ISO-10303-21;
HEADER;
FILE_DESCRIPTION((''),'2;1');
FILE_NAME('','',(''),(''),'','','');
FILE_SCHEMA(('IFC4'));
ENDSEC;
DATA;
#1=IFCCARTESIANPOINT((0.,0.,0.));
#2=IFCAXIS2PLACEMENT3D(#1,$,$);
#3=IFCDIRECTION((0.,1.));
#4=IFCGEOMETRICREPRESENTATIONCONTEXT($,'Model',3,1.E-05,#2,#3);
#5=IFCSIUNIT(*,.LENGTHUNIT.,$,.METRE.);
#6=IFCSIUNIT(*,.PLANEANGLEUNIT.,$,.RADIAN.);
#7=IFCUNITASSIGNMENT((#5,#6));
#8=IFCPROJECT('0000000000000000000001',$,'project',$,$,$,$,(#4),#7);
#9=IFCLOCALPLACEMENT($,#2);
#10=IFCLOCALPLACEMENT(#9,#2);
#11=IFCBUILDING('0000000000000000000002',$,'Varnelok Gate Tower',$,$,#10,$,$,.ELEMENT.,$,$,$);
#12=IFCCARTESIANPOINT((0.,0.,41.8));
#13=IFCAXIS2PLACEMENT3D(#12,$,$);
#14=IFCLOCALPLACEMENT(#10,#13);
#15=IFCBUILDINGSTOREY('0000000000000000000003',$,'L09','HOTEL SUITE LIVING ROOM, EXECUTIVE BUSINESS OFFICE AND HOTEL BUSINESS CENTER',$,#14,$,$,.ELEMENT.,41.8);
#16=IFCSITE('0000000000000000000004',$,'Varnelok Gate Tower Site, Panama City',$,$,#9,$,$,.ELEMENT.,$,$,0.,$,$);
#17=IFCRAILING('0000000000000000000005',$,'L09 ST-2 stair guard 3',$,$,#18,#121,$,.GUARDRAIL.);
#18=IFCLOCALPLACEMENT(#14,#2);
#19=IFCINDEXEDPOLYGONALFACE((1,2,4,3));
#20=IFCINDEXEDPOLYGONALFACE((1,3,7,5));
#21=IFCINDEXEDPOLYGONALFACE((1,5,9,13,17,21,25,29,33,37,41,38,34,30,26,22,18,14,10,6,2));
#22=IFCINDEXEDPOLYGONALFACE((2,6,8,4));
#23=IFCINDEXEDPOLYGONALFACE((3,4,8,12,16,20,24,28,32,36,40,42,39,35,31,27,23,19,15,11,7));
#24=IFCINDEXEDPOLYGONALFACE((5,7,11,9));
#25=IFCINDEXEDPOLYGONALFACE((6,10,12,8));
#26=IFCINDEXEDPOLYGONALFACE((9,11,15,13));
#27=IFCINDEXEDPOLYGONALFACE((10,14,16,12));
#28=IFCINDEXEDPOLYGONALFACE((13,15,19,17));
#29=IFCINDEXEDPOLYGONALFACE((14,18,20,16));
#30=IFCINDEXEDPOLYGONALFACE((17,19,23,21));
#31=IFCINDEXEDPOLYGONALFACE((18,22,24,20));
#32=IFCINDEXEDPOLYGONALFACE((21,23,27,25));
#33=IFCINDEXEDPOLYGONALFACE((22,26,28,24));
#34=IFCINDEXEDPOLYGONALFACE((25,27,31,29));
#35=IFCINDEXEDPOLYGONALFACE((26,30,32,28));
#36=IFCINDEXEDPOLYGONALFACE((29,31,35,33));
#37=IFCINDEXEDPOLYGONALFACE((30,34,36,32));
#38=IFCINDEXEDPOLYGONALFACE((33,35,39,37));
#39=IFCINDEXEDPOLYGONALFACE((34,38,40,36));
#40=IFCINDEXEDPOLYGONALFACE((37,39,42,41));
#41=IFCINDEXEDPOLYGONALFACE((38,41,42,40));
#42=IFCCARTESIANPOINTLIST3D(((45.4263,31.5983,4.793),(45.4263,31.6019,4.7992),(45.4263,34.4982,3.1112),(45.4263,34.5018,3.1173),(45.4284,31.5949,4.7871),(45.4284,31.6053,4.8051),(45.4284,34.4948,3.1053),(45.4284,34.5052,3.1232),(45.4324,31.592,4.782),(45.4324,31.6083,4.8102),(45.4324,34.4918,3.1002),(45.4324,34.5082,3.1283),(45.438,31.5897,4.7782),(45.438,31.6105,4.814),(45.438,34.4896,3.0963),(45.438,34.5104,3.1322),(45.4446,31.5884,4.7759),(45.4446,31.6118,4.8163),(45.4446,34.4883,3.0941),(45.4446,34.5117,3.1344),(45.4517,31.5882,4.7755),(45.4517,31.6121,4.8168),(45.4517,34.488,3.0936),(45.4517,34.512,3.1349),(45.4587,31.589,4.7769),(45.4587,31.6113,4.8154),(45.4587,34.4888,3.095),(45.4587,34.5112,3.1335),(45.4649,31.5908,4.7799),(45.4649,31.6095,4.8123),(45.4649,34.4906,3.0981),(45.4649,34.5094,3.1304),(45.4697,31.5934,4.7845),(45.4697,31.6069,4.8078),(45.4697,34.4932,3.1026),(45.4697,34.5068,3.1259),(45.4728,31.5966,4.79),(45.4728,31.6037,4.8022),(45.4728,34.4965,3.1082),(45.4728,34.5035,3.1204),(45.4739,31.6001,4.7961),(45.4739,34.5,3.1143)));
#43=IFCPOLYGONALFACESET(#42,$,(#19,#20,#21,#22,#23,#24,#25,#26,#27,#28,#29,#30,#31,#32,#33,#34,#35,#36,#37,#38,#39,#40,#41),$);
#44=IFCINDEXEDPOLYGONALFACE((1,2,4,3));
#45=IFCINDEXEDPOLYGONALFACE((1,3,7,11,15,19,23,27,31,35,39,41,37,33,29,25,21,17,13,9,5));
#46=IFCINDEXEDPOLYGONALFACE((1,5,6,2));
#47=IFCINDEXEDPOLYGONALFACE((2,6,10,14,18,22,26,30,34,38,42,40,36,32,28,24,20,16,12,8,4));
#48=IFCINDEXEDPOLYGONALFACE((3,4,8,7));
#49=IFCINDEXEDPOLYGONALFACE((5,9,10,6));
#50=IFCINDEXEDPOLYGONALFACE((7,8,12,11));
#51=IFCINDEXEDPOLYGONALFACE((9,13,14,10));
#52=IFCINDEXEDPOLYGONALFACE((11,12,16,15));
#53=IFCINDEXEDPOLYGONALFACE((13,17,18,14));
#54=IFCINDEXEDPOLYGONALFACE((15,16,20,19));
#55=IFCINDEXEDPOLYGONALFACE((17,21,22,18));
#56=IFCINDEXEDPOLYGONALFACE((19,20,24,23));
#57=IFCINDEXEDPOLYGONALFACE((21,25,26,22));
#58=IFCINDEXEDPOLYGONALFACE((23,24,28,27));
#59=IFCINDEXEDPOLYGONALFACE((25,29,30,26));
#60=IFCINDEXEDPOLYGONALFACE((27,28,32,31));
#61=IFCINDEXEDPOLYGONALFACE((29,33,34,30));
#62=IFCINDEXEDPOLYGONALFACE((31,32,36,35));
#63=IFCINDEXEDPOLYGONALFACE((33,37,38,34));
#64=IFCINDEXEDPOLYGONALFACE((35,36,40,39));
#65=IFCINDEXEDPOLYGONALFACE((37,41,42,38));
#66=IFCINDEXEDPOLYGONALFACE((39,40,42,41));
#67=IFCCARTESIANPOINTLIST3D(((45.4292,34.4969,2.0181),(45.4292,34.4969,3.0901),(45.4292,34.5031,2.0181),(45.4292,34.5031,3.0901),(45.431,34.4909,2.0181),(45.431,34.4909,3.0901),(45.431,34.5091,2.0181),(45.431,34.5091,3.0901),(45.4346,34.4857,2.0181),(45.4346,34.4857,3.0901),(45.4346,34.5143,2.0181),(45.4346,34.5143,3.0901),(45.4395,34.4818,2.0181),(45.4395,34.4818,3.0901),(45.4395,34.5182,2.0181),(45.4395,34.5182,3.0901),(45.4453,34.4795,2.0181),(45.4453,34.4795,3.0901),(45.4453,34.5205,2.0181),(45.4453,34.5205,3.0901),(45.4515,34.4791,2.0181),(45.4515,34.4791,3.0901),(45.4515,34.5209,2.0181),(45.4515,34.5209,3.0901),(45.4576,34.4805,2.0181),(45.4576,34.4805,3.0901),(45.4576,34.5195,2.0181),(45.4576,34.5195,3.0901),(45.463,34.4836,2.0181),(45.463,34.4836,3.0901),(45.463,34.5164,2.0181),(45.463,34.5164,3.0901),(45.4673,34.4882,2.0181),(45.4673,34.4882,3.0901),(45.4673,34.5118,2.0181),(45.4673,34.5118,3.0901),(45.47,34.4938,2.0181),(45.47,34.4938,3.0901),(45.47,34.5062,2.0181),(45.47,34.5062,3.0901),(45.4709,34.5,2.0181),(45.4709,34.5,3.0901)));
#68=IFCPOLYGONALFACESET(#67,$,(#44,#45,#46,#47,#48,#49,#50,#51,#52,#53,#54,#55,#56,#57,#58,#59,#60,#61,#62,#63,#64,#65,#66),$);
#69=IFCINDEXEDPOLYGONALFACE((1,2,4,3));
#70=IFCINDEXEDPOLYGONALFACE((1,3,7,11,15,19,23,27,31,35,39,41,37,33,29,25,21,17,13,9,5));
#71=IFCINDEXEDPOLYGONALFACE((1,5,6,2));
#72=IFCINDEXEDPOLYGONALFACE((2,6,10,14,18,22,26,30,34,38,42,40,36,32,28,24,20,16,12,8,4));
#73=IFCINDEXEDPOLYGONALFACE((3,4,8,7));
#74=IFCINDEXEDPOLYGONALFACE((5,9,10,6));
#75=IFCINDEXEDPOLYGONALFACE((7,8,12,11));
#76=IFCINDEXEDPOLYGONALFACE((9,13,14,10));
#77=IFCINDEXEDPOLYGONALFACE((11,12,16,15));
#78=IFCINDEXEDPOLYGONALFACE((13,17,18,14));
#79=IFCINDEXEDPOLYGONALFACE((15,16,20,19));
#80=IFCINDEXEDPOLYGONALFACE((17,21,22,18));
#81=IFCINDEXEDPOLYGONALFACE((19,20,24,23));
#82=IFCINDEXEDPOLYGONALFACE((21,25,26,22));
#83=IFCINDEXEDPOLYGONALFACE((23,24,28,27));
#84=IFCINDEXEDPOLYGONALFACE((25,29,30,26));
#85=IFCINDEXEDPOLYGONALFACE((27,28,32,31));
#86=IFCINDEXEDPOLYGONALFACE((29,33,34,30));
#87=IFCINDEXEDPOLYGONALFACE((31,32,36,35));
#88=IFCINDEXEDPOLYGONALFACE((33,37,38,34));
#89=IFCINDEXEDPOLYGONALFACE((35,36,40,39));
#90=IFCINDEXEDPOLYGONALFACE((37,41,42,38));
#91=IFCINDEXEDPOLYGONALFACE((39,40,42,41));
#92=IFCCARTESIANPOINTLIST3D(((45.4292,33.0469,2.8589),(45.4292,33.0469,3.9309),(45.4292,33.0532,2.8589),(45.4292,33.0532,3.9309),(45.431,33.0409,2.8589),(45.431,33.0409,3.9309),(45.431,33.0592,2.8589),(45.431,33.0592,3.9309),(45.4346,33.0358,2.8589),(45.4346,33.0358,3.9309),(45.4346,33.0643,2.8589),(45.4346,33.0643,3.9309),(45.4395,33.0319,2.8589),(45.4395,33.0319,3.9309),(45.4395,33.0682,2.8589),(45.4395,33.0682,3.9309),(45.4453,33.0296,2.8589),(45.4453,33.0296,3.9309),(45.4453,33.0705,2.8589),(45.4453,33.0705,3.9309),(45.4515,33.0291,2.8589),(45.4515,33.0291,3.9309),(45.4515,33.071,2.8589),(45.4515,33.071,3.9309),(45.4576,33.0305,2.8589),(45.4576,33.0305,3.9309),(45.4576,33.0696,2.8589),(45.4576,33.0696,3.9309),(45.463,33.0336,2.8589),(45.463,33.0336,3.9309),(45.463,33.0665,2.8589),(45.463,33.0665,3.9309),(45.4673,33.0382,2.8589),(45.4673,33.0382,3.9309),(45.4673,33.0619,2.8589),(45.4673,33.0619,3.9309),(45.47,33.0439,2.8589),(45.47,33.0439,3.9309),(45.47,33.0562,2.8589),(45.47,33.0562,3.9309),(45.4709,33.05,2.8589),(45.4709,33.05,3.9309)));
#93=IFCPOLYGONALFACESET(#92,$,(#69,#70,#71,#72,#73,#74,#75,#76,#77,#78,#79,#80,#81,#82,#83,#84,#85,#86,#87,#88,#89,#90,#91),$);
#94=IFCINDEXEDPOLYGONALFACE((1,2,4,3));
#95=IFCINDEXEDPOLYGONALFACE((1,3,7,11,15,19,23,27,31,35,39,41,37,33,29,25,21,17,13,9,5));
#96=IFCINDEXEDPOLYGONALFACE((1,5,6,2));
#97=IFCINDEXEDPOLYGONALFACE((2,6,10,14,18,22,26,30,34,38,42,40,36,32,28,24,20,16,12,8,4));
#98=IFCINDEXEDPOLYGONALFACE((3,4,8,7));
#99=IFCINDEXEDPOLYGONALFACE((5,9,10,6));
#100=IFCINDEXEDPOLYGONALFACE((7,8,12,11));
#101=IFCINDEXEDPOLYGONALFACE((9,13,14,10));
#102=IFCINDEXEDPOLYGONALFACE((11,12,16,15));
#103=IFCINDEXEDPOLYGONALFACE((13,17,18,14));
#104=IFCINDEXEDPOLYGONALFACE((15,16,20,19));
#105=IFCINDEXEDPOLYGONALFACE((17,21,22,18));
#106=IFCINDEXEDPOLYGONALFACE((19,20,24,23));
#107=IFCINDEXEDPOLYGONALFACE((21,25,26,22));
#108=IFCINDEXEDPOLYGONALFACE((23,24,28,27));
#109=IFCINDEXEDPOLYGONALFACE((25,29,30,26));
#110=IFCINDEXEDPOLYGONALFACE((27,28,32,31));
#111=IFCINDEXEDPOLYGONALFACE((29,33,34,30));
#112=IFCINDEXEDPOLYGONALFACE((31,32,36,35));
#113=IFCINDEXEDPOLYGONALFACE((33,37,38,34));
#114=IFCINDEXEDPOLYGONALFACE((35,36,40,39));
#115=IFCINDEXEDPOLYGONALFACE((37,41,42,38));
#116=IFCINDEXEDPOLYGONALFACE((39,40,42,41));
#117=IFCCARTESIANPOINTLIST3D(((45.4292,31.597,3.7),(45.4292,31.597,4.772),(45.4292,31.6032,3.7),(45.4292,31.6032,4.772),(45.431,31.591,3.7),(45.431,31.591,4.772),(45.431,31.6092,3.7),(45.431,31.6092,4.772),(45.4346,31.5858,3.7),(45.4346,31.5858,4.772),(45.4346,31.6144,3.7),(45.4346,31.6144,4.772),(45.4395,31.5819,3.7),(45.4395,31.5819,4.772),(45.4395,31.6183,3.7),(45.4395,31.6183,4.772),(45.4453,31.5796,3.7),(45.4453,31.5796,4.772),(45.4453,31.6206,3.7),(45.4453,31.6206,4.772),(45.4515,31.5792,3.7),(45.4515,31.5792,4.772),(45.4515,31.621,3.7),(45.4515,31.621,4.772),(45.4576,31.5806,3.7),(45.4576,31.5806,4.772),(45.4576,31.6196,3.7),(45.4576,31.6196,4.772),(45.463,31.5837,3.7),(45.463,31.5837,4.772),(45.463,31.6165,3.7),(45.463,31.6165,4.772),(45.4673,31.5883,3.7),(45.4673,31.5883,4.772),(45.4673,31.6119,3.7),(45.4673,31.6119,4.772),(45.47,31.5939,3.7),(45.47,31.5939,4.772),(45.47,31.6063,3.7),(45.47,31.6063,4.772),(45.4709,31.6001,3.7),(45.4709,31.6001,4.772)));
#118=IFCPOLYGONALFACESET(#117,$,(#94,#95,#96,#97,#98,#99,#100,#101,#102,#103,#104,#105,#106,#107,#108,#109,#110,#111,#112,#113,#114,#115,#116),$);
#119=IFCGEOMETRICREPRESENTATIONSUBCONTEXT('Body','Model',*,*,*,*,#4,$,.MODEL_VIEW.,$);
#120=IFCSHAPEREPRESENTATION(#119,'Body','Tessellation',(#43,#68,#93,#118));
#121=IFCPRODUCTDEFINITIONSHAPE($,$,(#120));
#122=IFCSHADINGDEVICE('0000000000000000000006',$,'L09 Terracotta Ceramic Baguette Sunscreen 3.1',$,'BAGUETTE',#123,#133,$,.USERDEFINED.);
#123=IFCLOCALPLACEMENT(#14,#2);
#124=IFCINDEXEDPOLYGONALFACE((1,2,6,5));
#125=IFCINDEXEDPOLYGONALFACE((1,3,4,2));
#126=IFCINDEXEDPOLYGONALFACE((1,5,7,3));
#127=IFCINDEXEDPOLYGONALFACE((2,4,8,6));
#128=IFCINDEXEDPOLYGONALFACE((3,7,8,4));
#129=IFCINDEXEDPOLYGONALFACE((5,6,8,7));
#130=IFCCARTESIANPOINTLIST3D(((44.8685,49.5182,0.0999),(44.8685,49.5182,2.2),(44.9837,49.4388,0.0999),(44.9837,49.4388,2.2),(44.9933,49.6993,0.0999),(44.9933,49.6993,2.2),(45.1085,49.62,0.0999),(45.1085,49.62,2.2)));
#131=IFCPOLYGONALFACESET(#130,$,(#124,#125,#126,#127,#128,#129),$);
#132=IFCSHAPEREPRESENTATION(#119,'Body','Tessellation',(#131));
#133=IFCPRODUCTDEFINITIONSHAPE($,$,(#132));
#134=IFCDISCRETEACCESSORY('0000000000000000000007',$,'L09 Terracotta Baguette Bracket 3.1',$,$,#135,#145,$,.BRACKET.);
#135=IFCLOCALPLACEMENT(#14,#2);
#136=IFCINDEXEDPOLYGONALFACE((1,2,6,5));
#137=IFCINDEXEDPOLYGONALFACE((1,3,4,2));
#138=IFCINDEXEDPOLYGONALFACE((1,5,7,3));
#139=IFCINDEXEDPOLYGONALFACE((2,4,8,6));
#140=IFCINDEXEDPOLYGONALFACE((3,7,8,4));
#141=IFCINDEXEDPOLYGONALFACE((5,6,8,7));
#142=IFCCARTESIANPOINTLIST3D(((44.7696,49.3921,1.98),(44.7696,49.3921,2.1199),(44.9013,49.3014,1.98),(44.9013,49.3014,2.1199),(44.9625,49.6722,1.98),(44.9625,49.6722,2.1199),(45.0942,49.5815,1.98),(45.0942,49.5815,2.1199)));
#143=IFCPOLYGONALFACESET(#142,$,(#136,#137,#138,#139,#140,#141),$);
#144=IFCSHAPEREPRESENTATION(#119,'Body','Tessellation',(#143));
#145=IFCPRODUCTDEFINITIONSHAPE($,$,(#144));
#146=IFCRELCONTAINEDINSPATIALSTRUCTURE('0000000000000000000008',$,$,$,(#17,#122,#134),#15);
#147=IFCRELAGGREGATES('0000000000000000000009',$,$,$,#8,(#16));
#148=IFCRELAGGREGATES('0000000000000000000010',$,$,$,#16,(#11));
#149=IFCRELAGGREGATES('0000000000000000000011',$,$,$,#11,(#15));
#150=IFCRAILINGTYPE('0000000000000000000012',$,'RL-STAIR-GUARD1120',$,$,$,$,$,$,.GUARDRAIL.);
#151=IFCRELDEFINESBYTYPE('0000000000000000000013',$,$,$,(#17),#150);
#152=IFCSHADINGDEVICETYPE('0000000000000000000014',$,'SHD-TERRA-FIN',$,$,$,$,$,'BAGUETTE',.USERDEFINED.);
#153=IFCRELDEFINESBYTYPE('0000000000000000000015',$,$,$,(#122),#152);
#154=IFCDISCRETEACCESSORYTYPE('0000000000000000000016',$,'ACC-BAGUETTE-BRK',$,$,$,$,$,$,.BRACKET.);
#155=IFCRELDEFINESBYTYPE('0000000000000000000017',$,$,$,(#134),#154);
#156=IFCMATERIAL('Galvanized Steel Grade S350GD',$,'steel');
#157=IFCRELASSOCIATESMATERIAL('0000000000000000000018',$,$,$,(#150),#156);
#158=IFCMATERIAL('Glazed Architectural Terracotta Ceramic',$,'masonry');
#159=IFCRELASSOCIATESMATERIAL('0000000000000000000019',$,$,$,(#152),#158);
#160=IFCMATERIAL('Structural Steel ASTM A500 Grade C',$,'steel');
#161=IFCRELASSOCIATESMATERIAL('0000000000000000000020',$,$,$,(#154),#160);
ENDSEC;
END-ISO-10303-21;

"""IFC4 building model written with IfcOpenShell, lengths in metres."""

from ifc_helpers import new_model, si_unit, direction, frame, origin, origin_2d, place, context, subcontext, project, spatial, rectangle, circle, extrude, source, transform, mapped, material, type_object, element, save


model = new_model("IFC4")

# Units and contexts
model_context = context("Model", 3, precision=1e-05, world=origin(), true_north=direction((0.0, 1.0)))
body_context = subcontext(model_context, "Body", "Model", "MODEL_VIEW")
ifc_project = project(units=[si_unit("LENGTHUNIT", "METRE"), si_unit("PLANEANGLEUNIT", "RADIAN")], contexts=[model_context])

# Site, building, storey
site_placement = place(None, origin())
site = spatial("IfcSite", under=ifc_project, at=site_placement, Name="Varnelok Gate Tower Site, Panama City", CompositionType="ELEMENT", RefElevation=0.0)
building_placement = place(site_placement, origin())
building = spatial("IfcBuilding", under=site, at=building_placement, Name="Varnelok Gate Tower", CompositionType="ELEMENT")
storey_placement = place(building_placement, frame((0.0, 0.0, 41.8)))
storey = spatial("IfcBuildingStorey", under=building, at=storey_placement, Name="L09", Description="HOTEL SUITE LIVING ROOM, EXECUTIVE BUSINESS OFFICE AND HOTEL BUSINESS CENTER", CompositionType="ELEMENT", Elevation=41.8)

# Shared definitions
ifc_material_1 = material(Name="Galvanized Steel Grade S350GD", Category="steel")

# Railing
railing_type_1 = type_object("IfcRailingType", Name="RL-STAIR-GUARD1120", PredefinedType="GUARDRAIL", material=ifc_material_1)
railing_1_placement = place(storey_placement, frame((45.45, 34.5, 2.0181)))
element("IfcRailing", 1, at=railing_1_placement, inside=storey, type_object=railing_type_1, Name="L09 ST-2 stair guard 3", PredefinedType="GUARDRAIL", context=body_context, shape_type="SweptSolid", body=[
    extrude(circle(Radius=0.0239, at=origin_2d()), frame((0.0, 0.0, 1.0962), z_axis=(0.0, -0.865039, 0.501705), x_axis=(1.0, 0.0, 0.0)), (0.0, 0.0, 1.0), 3.3523),
    extrude(circle(Radius=0.021, at=origin_2d()), origin(), (0.0, 0.0, 1.0), 1.072),
    extrude(circle(Radius=0.021, at=origin_2d()), frame((0.0, -1.45, 0.8408)), (0.0, 0.0, 1.0), 1.072),
    extrude(circle(Radius=0.021, at=origin_2d()), frame((0.0, -2.8999, 1.6819)), (0.0, 0.0, 1.0), 1.072),
])

# Shading device
ifc_material_2 = material(Name="Glazed Architectural Terracotta Ceramic", Category="masonry")
shading_device_type = type_object("IfcShadingDeviceType", Name="SHD-TERRA-FIN", ElementType="BAGUETTE", PredefinedType="USERDEFINED", material=ifc_material_2)
shared_shape_1 = source(origin(), body_context, "Body", "SweptSolid", [
    extrude(rectangle(XDim=0.1399, YDim=0.22, at=origin_2d()), origin(), (0.0, 0.0, 1.0), 2.1001),
])
shading_device_placement = place(storey_placement, frame((44.9885, 49.5691, 0.0999), z_axis=(0.0, 0.0, 1.0), x_axis=(0.823533, -0.567269, 0.0)))
element("IfcShadingDevice", 2, at=shading_device_placement, inside=storey, type_object=shading_device_type, Name="L09 Terracotta Ceramic Baguette Sunscreen 3.1", ObjectType="BAGUETTE", PredefinedType="USERDEFINED", context=body_context, shape_type="MappedRepresentation", body=[
    mapped(shared_shape_1, transform((0.0, 0.0, 0.0), scale=1.0)),
])

# Discrete accessory
ifc_material_3 = material(Name="Structural Steel ASTM A500 Grade C", Category="steel")
discrete_accessory_type = type_object("IfcDiscreteAccessoryType", Name="ACC-BAGUETTE-BRK", PredefinedType="BRACKET", material=ifc_material_3)
shared_shape_2 = source(origin(), body_context, "Body", "SweptSolid", [
    extrude(rectangle(XDim=0.1599, YDim=0.3401, at=origin_2d()), origin(), (0.0, 0.0, 1.0), 0.1399),
])
discrete_accessory_placement = place(storey_placement, frame((44.9319, 49.4868, 1.98), z_axis=(0.0, 0.0, 1.0), x_axis=(0.823533, -0.567269, 0.0)))
element("IfcDiscreteAccessory", 3, at=discrete_accessory_placement, inside=storey, type_object=discrete_accessory_type, Name="L09 Terracotta Baguette Bracket 3.1", PredefinedType="BRACKET", context=body_context, shape_type="MappedRepresentation", body=[
    mapped(shared_shape_2, transform((0.0, 0.0, 0.0), scale=1.0)),
])

save(model, "model.ifc")
